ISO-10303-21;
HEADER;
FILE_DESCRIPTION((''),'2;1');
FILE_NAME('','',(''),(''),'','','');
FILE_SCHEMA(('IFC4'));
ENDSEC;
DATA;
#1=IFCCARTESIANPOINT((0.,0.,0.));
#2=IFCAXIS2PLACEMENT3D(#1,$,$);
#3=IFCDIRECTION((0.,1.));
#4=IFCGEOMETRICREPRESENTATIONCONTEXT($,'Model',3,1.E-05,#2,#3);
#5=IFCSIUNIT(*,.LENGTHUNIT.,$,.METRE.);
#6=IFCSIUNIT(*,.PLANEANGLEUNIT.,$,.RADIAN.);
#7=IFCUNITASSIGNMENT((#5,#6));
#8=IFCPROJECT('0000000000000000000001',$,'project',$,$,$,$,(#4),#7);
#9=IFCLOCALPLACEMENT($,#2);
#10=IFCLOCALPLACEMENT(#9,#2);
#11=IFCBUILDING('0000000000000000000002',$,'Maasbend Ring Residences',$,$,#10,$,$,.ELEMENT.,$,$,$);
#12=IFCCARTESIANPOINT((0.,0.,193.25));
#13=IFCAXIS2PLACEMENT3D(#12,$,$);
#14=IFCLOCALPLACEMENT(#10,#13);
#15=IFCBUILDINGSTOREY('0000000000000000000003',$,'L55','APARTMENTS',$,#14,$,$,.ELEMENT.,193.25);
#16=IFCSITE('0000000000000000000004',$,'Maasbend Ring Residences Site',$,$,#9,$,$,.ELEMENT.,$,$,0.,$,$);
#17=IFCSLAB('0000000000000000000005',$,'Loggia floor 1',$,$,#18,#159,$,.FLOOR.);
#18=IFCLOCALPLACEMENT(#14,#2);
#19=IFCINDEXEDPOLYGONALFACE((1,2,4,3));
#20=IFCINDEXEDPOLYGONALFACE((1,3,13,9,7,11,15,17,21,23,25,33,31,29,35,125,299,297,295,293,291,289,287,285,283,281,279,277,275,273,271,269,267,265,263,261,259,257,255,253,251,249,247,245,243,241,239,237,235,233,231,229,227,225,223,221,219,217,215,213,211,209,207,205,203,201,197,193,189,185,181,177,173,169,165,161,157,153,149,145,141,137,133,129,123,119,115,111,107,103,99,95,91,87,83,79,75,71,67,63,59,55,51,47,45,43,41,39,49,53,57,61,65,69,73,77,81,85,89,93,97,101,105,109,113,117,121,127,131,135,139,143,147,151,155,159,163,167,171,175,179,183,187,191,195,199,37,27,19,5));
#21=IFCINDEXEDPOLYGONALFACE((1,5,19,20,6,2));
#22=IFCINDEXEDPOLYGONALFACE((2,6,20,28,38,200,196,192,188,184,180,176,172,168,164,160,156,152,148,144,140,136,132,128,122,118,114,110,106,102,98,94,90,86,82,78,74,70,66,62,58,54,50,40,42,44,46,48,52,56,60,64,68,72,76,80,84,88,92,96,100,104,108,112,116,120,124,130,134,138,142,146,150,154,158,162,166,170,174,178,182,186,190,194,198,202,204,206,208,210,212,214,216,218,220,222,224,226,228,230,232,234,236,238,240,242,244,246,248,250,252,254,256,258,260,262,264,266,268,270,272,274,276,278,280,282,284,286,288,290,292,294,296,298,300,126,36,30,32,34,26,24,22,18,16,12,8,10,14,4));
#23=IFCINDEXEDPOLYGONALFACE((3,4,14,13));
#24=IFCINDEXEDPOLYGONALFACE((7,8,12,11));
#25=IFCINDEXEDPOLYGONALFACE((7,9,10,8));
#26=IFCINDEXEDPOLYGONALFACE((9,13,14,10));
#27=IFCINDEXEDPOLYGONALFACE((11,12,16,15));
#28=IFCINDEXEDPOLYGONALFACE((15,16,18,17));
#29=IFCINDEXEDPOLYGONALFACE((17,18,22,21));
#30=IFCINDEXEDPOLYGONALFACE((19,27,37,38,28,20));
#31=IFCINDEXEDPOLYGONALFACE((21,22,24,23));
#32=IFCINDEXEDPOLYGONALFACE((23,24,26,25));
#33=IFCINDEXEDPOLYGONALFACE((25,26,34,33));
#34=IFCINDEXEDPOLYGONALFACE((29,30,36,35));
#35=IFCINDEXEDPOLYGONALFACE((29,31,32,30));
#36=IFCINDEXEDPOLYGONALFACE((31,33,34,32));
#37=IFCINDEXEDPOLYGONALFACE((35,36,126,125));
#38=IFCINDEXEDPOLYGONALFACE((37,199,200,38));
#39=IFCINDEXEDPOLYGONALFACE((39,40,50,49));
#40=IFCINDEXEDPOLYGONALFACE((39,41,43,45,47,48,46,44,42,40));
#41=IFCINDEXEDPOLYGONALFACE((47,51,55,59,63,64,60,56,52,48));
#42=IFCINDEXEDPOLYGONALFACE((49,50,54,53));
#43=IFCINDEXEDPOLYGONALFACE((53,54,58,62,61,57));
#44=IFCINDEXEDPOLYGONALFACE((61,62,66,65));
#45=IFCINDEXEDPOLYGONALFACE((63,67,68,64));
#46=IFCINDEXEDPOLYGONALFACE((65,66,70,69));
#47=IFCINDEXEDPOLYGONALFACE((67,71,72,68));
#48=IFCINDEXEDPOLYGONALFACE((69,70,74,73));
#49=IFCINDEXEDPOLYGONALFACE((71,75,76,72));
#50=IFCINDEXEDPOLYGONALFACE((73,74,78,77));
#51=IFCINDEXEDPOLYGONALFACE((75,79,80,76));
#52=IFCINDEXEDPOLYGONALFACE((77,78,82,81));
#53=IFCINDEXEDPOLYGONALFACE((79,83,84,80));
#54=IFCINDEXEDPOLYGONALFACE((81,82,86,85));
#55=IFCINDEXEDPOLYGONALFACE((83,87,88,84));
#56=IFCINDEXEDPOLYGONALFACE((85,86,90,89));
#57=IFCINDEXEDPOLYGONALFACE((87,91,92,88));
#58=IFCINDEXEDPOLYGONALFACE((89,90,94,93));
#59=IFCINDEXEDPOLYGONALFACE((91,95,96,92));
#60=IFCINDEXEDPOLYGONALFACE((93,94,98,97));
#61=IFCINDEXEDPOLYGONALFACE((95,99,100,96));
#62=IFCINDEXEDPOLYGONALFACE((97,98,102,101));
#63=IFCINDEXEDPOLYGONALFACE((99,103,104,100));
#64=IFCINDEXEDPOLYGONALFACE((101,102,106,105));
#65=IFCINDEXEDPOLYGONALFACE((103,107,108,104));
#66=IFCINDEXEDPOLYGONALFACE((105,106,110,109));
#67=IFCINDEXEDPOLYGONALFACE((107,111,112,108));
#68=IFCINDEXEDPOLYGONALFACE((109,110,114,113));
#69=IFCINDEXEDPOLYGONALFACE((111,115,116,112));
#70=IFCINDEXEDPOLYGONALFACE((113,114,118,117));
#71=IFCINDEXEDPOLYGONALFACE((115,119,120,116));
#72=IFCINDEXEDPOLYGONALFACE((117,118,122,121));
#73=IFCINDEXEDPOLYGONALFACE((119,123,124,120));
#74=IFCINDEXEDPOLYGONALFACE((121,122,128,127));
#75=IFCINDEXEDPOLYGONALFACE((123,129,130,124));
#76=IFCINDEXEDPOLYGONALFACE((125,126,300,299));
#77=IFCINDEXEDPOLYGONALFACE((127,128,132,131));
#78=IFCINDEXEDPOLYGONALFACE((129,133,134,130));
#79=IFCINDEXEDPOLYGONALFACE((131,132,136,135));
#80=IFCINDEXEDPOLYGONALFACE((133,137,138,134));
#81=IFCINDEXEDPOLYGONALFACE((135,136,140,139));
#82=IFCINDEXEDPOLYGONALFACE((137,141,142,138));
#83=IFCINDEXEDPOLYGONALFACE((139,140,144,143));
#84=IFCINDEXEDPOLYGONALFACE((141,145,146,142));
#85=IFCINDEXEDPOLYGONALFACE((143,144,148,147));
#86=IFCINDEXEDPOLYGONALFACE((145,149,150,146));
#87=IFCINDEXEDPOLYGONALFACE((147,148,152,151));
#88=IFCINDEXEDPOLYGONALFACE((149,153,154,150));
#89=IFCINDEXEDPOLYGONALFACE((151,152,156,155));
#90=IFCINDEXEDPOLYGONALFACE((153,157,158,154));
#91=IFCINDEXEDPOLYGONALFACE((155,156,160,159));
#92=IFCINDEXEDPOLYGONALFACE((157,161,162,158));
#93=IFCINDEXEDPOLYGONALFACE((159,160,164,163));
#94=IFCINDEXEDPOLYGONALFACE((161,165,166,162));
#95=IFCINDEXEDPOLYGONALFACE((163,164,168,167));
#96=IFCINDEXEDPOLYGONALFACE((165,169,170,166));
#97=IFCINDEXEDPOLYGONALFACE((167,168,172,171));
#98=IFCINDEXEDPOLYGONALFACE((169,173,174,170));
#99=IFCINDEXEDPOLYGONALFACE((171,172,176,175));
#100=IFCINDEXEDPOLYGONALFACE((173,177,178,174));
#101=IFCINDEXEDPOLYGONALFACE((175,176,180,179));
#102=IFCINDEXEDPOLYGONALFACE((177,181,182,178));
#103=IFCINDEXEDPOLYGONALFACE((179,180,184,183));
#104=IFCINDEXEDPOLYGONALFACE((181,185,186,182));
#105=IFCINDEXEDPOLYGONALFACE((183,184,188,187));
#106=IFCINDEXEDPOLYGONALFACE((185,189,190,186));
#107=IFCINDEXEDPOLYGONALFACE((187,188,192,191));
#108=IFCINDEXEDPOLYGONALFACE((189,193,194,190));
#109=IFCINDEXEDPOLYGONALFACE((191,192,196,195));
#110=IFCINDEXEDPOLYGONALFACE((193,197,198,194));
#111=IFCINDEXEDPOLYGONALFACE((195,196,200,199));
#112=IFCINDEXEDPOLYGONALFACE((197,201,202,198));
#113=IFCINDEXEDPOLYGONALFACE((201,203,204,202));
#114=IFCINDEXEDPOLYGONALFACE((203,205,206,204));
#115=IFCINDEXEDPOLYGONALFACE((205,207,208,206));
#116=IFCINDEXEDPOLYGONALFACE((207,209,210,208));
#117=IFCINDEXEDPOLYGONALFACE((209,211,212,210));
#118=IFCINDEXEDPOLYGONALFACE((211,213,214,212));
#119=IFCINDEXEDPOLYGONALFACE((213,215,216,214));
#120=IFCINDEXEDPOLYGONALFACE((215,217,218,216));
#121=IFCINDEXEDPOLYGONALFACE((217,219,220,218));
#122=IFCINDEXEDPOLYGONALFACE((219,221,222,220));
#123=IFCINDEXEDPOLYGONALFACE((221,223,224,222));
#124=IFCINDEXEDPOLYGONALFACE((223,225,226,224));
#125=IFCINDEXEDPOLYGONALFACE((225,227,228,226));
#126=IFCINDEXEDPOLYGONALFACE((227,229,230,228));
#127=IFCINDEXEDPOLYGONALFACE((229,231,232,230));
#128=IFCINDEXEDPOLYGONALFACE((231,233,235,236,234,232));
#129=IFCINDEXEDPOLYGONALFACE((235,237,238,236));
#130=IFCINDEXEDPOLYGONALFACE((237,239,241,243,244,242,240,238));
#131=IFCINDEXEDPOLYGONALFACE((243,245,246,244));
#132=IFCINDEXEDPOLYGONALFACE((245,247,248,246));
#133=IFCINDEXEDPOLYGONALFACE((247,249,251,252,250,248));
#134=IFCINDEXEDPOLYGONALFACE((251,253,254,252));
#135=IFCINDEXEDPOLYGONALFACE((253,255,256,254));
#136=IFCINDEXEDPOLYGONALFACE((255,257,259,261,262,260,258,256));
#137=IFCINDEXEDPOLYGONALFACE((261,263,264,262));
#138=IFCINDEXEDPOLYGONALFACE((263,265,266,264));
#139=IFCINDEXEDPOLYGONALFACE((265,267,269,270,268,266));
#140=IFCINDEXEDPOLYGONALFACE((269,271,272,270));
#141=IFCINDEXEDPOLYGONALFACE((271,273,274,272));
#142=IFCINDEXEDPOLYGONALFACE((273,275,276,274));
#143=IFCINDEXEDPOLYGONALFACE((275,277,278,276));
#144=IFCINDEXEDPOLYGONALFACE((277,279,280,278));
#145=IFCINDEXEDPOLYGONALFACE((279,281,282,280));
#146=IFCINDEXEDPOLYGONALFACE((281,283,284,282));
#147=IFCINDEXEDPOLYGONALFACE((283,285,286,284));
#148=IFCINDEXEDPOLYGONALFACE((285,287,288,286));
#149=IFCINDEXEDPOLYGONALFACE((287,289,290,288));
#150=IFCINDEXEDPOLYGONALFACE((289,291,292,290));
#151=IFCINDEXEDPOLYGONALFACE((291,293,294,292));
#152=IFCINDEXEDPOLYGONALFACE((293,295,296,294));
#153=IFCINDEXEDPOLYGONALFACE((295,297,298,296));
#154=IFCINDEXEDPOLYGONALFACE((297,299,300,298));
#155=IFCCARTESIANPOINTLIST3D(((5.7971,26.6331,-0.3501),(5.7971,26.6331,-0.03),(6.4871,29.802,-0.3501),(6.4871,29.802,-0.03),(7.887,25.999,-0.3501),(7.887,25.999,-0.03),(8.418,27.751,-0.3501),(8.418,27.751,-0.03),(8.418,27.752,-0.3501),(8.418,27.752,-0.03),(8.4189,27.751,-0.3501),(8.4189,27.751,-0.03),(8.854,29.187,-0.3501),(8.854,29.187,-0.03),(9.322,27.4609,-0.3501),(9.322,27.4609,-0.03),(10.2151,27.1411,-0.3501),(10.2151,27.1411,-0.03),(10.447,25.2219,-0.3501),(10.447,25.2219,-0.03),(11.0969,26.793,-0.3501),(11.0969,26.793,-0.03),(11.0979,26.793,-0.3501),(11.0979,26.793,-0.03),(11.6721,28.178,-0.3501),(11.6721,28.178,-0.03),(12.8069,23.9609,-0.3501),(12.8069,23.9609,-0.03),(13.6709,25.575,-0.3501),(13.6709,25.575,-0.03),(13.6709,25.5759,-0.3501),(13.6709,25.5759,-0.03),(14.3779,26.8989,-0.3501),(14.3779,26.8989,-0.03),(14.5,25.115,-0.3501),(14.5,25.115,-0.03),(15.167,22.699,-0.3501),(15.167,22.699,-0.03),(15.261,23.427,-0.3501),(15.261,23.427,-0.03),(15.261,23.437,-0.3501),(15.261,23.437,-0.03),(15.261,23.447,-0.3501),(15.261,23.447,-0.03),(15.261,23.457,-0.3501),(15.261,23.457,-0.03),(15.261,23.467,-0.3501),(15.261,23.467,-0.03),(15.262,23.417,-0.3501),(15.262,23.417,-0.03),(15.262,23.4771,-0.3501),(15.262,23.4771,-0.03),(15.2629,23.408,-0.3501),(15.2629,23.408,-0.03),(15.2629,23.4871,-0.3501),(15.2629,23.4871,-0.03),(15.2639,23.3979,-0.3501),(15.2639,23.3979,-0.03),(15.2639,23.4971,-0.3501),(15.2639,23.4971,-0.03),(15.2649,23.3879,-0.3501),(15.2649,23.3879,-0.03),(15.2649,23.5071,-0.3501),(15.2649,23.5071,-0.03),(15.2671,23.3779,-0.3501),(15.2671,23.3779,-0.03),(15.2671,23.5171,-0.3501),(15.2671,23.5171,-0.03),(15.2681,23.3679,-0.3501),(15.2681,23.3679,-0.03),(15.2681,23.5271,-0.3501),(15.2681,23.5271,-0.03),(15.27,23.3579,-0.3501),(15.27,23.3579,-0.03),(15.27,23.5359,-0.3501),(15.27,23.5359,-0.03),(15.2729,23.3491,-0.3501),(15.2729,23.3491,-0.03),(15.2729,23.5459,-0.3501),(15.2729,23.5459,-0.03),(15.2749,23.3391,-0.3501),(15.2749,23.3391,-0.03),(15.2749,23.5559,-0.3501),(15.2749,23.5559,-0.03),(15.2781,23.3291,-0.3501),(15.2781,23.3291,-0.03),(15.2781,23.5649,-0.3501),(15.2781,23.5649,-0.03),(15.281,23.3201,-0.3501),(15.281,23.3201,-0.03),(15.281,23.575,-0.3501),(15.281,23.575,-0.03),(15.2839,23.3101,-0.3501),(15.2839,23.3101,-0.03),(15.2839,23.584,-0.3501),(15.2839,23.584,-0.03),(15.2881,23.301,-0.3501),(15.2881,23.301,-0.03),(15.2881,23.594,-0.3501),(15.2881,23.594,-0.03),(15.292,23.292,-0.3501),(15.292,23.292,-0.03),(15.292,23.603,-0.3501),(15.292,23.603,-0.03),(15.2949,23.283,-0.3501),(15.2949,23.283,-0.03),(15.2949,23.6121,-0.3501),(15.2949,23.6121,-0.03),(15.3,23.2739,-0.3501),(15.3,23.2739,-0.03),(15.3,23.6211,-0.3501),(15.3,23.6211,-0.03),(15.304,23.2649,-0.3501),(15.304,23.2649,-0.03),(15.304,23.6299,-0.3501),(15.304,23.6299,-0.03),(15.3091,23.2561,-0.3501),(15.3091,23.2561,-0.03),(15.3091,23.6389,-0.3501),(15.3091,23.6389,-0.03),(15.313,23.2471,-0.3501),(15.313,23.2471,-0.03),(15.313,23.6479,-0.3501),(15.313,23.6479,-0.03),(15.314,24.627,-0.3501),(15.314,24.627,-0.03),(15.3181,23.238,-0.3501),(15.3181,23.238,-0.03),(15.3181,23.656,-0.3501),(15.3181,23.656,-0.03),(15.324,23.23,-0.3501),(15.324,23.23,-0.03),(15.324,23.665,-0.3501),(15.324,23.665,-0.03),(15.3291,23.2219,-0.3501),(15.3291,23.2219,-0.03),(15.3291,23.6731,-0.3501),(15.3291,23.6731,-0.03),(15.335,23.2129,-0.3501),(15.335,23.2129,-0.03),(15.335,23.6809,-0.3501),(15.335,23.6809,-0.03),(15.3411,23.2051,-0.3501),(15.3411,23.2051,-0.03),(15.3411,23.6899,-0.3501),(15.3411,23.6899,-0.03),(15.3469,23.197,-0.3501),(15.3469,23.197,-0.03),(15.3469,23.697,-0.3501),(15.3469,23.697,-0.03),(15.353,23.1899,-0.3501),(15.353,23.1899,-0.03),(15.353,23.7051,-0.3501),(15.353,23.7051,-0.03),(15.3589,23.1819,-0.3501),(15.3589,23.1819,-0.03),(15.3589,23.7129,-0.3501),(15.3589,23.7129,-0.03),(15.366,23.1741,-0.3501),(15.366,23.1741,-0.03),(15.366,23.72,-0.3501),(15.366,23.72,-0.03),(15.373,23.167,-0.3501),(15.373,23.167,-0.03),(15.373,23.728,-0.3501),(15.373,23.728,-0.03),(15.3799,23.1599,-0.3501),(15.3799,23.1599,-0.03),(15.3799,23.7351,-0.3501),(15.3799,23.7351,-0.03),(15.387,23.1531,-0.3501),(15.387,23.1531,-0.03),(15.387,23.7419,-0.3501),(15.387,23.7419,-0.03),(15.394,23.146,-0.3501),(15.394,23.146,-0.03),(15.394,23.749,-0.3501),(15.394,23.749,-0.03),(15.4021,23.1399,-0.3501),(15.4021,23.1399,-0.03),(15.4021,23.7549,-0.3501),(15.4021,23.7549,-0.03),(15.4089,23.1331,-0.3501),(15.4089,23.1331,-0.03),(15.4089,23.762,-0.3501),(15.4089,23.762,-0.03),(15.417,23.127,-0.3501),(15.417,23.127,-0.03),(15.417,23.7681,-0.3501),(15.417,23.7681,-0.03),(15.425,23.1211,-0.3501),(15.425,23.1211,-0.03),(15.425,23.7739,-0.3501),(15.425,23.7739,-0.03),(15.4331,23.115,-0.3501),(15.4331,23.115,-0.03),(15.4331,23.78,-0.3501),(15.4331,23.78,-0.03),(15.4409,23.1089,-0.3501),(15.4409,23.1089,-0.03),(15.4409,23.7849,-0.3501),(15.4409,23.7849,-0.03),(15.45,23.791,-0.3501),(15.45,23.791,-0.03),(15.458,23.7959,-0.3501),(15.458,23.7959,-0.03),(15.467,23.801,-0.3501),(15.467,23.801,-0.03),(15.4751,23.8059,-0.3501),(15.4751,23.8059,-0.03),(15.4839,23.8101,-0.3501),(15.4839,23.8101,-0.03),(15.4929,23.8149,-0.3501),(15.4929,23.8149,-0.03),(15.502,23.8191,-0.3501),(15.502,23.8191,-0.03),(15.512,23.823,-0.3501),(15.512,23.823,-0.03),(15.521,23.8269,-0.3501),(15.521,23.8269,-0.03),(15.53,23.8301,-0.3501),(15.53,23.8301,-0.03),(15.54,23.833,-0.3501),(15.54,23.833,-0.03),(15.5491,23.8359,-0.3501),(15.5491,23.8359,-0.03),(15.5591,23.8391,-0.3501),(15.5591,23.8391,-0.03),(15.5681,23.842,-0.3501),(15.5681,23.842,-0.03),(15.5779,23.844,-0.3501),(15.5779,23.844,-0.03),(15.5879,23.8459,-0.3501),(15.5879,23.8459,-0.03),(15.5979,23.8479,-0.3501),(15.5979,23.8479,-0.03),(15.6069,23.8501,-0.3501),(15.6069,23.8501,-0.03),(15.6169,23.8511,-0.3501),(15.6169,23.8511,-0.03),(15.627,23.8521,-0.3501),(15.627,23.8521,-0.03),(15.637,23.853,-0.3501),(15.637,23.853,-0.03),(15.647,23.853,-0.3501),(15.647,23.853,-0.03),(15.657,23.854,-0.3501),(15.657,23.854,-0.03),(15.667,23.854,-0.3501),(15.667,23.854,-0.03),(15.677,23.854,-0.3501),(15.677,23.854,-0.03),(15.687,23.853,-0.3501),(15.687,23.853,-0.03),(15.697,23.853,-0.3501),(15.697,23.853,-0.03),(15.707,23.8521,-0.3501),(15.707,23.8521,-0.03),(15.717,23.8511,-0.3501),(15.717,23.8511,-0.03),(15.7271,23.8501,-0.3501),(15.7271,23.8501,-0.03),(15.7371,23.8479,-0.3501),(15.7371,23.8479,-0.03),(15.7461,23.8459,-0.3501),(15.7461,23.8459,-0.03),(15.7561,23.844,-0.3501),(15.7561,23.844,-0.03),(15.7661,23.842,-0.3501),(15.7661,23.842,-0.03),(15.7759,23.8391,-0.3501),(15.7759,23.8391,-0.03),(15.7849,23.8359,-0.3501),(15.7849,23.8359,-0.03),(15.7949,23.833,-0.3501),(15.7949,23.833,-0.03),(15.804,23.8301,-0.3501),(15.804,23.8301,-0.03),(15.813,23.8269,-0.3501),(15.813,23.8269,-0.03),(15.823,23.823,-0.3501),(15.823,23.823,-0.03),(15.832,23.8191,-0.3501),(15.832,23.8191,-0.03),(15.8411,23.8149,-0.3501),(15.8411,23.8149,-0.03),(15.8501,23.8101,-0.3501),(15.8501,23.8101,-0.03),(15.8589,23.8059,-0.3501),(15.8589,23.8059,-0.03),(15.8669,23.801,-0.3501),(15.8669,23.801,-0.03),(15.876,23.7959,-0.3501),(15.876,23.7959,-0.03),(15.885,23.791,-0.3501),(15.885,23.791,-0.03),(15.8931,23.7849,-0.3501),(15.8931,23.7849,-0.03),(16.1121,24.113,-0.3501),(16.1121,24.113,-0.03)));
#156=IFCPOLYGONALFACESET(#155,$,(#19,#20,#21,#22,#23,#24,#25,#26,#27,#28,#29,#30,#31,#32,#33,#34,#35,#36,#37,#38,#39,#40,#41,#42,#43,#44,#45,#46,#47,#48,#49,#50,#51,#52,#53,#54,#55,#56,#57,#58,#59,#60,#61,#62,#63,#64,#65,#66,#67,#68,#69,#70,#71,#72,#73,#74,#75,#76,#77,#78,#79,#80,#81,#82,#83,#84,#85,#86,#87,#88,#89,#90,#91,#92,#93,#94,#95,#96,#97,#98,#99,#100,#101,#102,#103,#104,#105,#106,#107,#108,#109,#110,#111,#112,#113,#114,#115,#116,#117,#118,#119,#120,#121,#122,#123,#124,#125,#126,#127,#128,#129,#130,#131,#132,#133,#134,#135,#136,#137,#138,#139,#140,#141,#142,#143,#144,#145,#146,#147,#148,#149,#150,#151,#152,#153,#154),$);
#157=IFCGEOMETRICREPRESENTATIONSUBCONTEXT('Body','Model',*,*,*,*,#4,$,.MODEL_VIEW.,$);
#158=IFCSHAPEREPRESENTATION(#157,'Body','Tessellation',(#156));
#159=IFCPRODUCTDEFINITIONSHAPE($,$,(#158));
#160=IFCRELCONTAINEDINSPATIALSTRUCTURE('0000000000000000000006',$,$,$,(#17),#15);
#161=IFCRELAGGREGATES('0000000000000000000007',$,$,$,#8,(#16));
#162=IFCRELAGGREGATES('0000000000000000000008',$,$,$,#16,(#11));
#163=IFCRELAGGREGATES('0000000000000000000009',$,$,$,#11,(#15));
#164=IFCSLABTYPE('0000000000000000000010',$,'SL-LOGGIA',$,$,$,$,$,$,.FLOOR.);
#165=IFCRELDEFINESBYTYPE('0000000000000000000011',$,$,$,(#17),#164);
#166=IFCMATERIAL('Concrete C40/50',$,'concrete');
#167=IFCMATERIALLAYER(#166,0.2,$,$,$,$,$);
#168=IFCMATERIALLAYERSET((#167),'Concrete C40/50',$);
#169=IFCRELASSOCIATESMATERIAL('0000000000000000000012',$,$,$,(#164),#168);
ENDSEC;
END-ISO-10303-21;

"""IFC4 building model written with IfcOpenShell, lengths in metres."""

from ifc_helpers import new_model, si_unit, direction, frame, origin, place, context, subcontext, project, spatial, polyline, outline, extrude, material, layer, layer_set, type_object, element, save


model = new_model("IFC4")

# Units and contexts
model_context = context("Model", 3, precision=1e-05, world=origin(), true_north=direction((0.0, 1.0)))
body_context = subcontext(model_context, "Body", "Model", "MODEL_VIEW")
ifc_project = project(units=[si_unit("LENGTHUNIT", "METRE"), si_unit("PLANEANGLEUNIT", "RADIAN")], contexts=[model_context])

# Site, building, storey
site_placement = place(None, origin())
site = spatial("IfcSite", under=ifc_project, at=site_placement, Name="Maasbend Ring Residences Site", CompositionType="ELEMENT", RefElevation=0.0)
building_placement = place(site_placement, origin())
building = spatial("IfcBuilding", under=site, at=building_placement, Name="Maasbend Ring Residences", CompositionType="ELEMENT")
storey_placement = place(building_placement, frame((0.0, 0.0, 193.25)))
storey = spatial("IfcBuildingStorey", under=building, at=storey_placement, Name="L55", Description="APARTMENTS", CompositionType="ELEMENT", Elevation=193.25)

# Slab
ifc_material_1 = material(Name="Concrete C40/50", Category="concrete")
ifc_layer_1 = layer(ifc_material_1, 0.2)
ifc_layer_set_1 = layer_set([ifc_layer_1], Name="Concrete C40/50")
slab_type_1 = type_object("IfcSlabType", Name="SL-LOGGIA", PredefinedType="FLOOR", material=ifc_layer_set_1)
slab_1_placement = place(storey_placement, frame((0.0, 0.0, -0.3501)))
element("IfcSlab", 1, at=slab_1_placement, inside=storey, type_object=slab_type_1, Name="Loggia floor 1", PredefinedType="FLOOR", context=body_context, shape_type="SweptSolid", body=[
    extrude(outline(polyline([(8.854, 29.187), (8.854, 29.187), (8.854, 29.187), (8.418, 27.752), (8.418, 27.752), (8.418, 27.752), (8.418, 27.752), (8.418, 27.752), (8.418, 27.752), (8.418, 27.751), (8.418, 27.751), (8.418, 27.751), (8.418, 27.751), (8.418, 27.751), (8.4189, 27.751), (8.4189, 27.751), (8.4189, 27.751), (8.4189, 27.751), (8.4189, 27.751), (8.4189, 27.751), (9.322, 27.4609), (9.322, 27.4609), (10.2151, 27.1411), (10.2151, 27.1411), (11.0969, 26.793), (11.0969, 26.793), (11.0969, 26.793), (11.0979, 26.793), (11.0979, 26.793), (11.0979, 26.793), (11.0979, 26.793), (11.0979, 26.793), (11.0979, 26.793), (11.0979, 26.793), (11.0979, 26.793), (11.0979, 26.793), (11.0979, 26.793), (11.0979, 26.793), (11.0979, 26.793), (11.0979, 26.793), (11.0979, 26.793), (11.6721, 28.178), (11.6721, 28.178), (11.6721, 28.178), (14.3779, 26.8989), (14.3779, 26.8989), (14.3779, 26.8989), (13.6709, 25.5759), (13.6709, 25.5759), (13.6709, 25.5759), (13.6709, 25.5759), (13.6709, 25.5759), (13.6709, 25.5759), (13.6709, 25.5759), (13.6709, 25.5759), (13.6709, 25.5759), (13.6709, 25.5759), (13.6709, 25.5759), (13.6709, 25.5759), (13.6709, 25.5759), (13.6709, 25.5759), (13.6709, 25.5759), (13.6709, 25.5759), (13.6709, 25.575), (14.5, 25.115), (14.5, 25.115), (15.314, 24.627), (15.314, 24.627), (16.1121, 24.113), (16.1121, 24.113), (16.1121, 24.113), (15.8931, 23.7849), (15.885, 23.791), (15.876, 23.7959), (15.8669, 23.801), (15.8589, 23.8059), (15.8501, 23.8101), (15.8411, 23.8149), (15.832, 23.8191), (15.823, 23.823), (15.813, 23.8269), (15.804, 23.8301), (15.7949, 23.833), (15.7849, 23.8359), (15.7759, 23.8391), (15.7661, 23.842), (15.7561, 23.844), (15.7461, 23.8459), (15.7371, 23.8479), (15.7271, 23.8501), (15.717, 23.8511), (15.707, 23.8521), (15.697, 23.853), (15.687, 23.853), (15.677, 23.854), (15.667, 23.854), (15.657, 23.854), (15.647, 23.853), (15.637, 23.853), (15.627, 23.8521), (15.6169, 23.8511), (15.6069, 23.8501), (15.5979, 23.8479), (15.5879, 23.8459), (15.5779, 23.844), (15.5681, 23.842), (15.5591, 23.8391), (15.5491, 23.8359), (15.54, 23.833), (15.53, 23.8301), (15.521, 23.8269), (15.512, 23.823), (15.502, 23.8191), (15.4929, 23.8149), (15.4839, 23.8101), (15.4751, 23.8059), (15.467, 23.801), (15.458, 23.7959), (15.45, 23.791), (15.4409, 23.7849), (15.4331, 23.78), (15.425, 23.7739), (15.417, 23.7681), (15.4089, 23.762), (15.4021, 23.7549), (15.394, 23.749), (15.387, 23.7419), (15.3799, 23.7351), (15.373, 23.728), (15.366, 23.72), (15.3589, 23.7129), (15.353, 23.7051), (15.3469, 23.697), (15.3411, 23.6899), (15.335, 23.6809), (15.3291, 23.6731), (15.324, 23.665), (15.3181, 23.656), (15.313, 23.6479), (15.3091, 23.6389), (15.304, 23.6299), (15.3, 23.6211), (15.2949, 23.6121), (15.292, 23.603), (15.2881, 23.594), (15.2839, 23.584), (15.281, 23.575), (15.2781, 23.5649), (15.2749, 23.5559), (15.2729, 23.5459), (15.27, 23.5359), (15.2681, 23.5271), (15.2671, 23.5171), (15.2649, 23.5071), (15.2639, 23.4971), (15.2629, 23.4871), (15.262, 23.4771), (15.261, 23.467), (15.261, 23.457), (15.261, 23.447), (15.261, 23.437), (15.261, 23.427), (15.262, 23.417), (15.2629, 23.408), (15.2639, 23.3979), (15.2649, 23.3879), (15.2671, 23.3779), (15.2681, 23.3679), (15.27, 23.3579), (15.2729, 23.3491), (15.2749, 23.3391), (15.2781, 23.3291), (15.281, 23.3201), (15.2839, 23.3101), (15.2881, 23.301), (15.292, 23.292), (15.2949, 23.283), (15.3, 23.2739), (15.304, 23.2649), (15.3091, 23.2561), (15.313, 23.2471), (15.3181, 23.238), (15.324, 23.23), (15.3291, 23.2219), (15.335, 23.2129), (15.3411, 23.2051), (15.3469, 23.197), (15.353, 23.1899), (15.3589, 23.1819), (15.366, 23.1741), (15.373, 23.167), (15.3799, 23.1599), (15.387, 23.1531), (15.394, 23.146), (15.4021, 23.1399), (15.4089, 23.1331), (15.417, 23.127), (15.425, 23.1211), (15.4331, 23.115), (15.4409, 23.1089), (15.167, 22.699), (15.167, 22.699), (15.167, 22.699), (12.8069, 23.9609), (10.447, 25.2219), (10.447, 25.2219), (10.447, 25.2219), (7.887, 25.999), (5.7971, 26.6331), (5.7971, 26.6331), (5.7971, 26.6331), (6.4871, 29.802), (6.4871, 29.802), (6.4871, 29.802), (8.854, 29.187)])), origin(), (0.0, 0.0, 1.0), 0.3201),
])

save(model, "model.ifc")
